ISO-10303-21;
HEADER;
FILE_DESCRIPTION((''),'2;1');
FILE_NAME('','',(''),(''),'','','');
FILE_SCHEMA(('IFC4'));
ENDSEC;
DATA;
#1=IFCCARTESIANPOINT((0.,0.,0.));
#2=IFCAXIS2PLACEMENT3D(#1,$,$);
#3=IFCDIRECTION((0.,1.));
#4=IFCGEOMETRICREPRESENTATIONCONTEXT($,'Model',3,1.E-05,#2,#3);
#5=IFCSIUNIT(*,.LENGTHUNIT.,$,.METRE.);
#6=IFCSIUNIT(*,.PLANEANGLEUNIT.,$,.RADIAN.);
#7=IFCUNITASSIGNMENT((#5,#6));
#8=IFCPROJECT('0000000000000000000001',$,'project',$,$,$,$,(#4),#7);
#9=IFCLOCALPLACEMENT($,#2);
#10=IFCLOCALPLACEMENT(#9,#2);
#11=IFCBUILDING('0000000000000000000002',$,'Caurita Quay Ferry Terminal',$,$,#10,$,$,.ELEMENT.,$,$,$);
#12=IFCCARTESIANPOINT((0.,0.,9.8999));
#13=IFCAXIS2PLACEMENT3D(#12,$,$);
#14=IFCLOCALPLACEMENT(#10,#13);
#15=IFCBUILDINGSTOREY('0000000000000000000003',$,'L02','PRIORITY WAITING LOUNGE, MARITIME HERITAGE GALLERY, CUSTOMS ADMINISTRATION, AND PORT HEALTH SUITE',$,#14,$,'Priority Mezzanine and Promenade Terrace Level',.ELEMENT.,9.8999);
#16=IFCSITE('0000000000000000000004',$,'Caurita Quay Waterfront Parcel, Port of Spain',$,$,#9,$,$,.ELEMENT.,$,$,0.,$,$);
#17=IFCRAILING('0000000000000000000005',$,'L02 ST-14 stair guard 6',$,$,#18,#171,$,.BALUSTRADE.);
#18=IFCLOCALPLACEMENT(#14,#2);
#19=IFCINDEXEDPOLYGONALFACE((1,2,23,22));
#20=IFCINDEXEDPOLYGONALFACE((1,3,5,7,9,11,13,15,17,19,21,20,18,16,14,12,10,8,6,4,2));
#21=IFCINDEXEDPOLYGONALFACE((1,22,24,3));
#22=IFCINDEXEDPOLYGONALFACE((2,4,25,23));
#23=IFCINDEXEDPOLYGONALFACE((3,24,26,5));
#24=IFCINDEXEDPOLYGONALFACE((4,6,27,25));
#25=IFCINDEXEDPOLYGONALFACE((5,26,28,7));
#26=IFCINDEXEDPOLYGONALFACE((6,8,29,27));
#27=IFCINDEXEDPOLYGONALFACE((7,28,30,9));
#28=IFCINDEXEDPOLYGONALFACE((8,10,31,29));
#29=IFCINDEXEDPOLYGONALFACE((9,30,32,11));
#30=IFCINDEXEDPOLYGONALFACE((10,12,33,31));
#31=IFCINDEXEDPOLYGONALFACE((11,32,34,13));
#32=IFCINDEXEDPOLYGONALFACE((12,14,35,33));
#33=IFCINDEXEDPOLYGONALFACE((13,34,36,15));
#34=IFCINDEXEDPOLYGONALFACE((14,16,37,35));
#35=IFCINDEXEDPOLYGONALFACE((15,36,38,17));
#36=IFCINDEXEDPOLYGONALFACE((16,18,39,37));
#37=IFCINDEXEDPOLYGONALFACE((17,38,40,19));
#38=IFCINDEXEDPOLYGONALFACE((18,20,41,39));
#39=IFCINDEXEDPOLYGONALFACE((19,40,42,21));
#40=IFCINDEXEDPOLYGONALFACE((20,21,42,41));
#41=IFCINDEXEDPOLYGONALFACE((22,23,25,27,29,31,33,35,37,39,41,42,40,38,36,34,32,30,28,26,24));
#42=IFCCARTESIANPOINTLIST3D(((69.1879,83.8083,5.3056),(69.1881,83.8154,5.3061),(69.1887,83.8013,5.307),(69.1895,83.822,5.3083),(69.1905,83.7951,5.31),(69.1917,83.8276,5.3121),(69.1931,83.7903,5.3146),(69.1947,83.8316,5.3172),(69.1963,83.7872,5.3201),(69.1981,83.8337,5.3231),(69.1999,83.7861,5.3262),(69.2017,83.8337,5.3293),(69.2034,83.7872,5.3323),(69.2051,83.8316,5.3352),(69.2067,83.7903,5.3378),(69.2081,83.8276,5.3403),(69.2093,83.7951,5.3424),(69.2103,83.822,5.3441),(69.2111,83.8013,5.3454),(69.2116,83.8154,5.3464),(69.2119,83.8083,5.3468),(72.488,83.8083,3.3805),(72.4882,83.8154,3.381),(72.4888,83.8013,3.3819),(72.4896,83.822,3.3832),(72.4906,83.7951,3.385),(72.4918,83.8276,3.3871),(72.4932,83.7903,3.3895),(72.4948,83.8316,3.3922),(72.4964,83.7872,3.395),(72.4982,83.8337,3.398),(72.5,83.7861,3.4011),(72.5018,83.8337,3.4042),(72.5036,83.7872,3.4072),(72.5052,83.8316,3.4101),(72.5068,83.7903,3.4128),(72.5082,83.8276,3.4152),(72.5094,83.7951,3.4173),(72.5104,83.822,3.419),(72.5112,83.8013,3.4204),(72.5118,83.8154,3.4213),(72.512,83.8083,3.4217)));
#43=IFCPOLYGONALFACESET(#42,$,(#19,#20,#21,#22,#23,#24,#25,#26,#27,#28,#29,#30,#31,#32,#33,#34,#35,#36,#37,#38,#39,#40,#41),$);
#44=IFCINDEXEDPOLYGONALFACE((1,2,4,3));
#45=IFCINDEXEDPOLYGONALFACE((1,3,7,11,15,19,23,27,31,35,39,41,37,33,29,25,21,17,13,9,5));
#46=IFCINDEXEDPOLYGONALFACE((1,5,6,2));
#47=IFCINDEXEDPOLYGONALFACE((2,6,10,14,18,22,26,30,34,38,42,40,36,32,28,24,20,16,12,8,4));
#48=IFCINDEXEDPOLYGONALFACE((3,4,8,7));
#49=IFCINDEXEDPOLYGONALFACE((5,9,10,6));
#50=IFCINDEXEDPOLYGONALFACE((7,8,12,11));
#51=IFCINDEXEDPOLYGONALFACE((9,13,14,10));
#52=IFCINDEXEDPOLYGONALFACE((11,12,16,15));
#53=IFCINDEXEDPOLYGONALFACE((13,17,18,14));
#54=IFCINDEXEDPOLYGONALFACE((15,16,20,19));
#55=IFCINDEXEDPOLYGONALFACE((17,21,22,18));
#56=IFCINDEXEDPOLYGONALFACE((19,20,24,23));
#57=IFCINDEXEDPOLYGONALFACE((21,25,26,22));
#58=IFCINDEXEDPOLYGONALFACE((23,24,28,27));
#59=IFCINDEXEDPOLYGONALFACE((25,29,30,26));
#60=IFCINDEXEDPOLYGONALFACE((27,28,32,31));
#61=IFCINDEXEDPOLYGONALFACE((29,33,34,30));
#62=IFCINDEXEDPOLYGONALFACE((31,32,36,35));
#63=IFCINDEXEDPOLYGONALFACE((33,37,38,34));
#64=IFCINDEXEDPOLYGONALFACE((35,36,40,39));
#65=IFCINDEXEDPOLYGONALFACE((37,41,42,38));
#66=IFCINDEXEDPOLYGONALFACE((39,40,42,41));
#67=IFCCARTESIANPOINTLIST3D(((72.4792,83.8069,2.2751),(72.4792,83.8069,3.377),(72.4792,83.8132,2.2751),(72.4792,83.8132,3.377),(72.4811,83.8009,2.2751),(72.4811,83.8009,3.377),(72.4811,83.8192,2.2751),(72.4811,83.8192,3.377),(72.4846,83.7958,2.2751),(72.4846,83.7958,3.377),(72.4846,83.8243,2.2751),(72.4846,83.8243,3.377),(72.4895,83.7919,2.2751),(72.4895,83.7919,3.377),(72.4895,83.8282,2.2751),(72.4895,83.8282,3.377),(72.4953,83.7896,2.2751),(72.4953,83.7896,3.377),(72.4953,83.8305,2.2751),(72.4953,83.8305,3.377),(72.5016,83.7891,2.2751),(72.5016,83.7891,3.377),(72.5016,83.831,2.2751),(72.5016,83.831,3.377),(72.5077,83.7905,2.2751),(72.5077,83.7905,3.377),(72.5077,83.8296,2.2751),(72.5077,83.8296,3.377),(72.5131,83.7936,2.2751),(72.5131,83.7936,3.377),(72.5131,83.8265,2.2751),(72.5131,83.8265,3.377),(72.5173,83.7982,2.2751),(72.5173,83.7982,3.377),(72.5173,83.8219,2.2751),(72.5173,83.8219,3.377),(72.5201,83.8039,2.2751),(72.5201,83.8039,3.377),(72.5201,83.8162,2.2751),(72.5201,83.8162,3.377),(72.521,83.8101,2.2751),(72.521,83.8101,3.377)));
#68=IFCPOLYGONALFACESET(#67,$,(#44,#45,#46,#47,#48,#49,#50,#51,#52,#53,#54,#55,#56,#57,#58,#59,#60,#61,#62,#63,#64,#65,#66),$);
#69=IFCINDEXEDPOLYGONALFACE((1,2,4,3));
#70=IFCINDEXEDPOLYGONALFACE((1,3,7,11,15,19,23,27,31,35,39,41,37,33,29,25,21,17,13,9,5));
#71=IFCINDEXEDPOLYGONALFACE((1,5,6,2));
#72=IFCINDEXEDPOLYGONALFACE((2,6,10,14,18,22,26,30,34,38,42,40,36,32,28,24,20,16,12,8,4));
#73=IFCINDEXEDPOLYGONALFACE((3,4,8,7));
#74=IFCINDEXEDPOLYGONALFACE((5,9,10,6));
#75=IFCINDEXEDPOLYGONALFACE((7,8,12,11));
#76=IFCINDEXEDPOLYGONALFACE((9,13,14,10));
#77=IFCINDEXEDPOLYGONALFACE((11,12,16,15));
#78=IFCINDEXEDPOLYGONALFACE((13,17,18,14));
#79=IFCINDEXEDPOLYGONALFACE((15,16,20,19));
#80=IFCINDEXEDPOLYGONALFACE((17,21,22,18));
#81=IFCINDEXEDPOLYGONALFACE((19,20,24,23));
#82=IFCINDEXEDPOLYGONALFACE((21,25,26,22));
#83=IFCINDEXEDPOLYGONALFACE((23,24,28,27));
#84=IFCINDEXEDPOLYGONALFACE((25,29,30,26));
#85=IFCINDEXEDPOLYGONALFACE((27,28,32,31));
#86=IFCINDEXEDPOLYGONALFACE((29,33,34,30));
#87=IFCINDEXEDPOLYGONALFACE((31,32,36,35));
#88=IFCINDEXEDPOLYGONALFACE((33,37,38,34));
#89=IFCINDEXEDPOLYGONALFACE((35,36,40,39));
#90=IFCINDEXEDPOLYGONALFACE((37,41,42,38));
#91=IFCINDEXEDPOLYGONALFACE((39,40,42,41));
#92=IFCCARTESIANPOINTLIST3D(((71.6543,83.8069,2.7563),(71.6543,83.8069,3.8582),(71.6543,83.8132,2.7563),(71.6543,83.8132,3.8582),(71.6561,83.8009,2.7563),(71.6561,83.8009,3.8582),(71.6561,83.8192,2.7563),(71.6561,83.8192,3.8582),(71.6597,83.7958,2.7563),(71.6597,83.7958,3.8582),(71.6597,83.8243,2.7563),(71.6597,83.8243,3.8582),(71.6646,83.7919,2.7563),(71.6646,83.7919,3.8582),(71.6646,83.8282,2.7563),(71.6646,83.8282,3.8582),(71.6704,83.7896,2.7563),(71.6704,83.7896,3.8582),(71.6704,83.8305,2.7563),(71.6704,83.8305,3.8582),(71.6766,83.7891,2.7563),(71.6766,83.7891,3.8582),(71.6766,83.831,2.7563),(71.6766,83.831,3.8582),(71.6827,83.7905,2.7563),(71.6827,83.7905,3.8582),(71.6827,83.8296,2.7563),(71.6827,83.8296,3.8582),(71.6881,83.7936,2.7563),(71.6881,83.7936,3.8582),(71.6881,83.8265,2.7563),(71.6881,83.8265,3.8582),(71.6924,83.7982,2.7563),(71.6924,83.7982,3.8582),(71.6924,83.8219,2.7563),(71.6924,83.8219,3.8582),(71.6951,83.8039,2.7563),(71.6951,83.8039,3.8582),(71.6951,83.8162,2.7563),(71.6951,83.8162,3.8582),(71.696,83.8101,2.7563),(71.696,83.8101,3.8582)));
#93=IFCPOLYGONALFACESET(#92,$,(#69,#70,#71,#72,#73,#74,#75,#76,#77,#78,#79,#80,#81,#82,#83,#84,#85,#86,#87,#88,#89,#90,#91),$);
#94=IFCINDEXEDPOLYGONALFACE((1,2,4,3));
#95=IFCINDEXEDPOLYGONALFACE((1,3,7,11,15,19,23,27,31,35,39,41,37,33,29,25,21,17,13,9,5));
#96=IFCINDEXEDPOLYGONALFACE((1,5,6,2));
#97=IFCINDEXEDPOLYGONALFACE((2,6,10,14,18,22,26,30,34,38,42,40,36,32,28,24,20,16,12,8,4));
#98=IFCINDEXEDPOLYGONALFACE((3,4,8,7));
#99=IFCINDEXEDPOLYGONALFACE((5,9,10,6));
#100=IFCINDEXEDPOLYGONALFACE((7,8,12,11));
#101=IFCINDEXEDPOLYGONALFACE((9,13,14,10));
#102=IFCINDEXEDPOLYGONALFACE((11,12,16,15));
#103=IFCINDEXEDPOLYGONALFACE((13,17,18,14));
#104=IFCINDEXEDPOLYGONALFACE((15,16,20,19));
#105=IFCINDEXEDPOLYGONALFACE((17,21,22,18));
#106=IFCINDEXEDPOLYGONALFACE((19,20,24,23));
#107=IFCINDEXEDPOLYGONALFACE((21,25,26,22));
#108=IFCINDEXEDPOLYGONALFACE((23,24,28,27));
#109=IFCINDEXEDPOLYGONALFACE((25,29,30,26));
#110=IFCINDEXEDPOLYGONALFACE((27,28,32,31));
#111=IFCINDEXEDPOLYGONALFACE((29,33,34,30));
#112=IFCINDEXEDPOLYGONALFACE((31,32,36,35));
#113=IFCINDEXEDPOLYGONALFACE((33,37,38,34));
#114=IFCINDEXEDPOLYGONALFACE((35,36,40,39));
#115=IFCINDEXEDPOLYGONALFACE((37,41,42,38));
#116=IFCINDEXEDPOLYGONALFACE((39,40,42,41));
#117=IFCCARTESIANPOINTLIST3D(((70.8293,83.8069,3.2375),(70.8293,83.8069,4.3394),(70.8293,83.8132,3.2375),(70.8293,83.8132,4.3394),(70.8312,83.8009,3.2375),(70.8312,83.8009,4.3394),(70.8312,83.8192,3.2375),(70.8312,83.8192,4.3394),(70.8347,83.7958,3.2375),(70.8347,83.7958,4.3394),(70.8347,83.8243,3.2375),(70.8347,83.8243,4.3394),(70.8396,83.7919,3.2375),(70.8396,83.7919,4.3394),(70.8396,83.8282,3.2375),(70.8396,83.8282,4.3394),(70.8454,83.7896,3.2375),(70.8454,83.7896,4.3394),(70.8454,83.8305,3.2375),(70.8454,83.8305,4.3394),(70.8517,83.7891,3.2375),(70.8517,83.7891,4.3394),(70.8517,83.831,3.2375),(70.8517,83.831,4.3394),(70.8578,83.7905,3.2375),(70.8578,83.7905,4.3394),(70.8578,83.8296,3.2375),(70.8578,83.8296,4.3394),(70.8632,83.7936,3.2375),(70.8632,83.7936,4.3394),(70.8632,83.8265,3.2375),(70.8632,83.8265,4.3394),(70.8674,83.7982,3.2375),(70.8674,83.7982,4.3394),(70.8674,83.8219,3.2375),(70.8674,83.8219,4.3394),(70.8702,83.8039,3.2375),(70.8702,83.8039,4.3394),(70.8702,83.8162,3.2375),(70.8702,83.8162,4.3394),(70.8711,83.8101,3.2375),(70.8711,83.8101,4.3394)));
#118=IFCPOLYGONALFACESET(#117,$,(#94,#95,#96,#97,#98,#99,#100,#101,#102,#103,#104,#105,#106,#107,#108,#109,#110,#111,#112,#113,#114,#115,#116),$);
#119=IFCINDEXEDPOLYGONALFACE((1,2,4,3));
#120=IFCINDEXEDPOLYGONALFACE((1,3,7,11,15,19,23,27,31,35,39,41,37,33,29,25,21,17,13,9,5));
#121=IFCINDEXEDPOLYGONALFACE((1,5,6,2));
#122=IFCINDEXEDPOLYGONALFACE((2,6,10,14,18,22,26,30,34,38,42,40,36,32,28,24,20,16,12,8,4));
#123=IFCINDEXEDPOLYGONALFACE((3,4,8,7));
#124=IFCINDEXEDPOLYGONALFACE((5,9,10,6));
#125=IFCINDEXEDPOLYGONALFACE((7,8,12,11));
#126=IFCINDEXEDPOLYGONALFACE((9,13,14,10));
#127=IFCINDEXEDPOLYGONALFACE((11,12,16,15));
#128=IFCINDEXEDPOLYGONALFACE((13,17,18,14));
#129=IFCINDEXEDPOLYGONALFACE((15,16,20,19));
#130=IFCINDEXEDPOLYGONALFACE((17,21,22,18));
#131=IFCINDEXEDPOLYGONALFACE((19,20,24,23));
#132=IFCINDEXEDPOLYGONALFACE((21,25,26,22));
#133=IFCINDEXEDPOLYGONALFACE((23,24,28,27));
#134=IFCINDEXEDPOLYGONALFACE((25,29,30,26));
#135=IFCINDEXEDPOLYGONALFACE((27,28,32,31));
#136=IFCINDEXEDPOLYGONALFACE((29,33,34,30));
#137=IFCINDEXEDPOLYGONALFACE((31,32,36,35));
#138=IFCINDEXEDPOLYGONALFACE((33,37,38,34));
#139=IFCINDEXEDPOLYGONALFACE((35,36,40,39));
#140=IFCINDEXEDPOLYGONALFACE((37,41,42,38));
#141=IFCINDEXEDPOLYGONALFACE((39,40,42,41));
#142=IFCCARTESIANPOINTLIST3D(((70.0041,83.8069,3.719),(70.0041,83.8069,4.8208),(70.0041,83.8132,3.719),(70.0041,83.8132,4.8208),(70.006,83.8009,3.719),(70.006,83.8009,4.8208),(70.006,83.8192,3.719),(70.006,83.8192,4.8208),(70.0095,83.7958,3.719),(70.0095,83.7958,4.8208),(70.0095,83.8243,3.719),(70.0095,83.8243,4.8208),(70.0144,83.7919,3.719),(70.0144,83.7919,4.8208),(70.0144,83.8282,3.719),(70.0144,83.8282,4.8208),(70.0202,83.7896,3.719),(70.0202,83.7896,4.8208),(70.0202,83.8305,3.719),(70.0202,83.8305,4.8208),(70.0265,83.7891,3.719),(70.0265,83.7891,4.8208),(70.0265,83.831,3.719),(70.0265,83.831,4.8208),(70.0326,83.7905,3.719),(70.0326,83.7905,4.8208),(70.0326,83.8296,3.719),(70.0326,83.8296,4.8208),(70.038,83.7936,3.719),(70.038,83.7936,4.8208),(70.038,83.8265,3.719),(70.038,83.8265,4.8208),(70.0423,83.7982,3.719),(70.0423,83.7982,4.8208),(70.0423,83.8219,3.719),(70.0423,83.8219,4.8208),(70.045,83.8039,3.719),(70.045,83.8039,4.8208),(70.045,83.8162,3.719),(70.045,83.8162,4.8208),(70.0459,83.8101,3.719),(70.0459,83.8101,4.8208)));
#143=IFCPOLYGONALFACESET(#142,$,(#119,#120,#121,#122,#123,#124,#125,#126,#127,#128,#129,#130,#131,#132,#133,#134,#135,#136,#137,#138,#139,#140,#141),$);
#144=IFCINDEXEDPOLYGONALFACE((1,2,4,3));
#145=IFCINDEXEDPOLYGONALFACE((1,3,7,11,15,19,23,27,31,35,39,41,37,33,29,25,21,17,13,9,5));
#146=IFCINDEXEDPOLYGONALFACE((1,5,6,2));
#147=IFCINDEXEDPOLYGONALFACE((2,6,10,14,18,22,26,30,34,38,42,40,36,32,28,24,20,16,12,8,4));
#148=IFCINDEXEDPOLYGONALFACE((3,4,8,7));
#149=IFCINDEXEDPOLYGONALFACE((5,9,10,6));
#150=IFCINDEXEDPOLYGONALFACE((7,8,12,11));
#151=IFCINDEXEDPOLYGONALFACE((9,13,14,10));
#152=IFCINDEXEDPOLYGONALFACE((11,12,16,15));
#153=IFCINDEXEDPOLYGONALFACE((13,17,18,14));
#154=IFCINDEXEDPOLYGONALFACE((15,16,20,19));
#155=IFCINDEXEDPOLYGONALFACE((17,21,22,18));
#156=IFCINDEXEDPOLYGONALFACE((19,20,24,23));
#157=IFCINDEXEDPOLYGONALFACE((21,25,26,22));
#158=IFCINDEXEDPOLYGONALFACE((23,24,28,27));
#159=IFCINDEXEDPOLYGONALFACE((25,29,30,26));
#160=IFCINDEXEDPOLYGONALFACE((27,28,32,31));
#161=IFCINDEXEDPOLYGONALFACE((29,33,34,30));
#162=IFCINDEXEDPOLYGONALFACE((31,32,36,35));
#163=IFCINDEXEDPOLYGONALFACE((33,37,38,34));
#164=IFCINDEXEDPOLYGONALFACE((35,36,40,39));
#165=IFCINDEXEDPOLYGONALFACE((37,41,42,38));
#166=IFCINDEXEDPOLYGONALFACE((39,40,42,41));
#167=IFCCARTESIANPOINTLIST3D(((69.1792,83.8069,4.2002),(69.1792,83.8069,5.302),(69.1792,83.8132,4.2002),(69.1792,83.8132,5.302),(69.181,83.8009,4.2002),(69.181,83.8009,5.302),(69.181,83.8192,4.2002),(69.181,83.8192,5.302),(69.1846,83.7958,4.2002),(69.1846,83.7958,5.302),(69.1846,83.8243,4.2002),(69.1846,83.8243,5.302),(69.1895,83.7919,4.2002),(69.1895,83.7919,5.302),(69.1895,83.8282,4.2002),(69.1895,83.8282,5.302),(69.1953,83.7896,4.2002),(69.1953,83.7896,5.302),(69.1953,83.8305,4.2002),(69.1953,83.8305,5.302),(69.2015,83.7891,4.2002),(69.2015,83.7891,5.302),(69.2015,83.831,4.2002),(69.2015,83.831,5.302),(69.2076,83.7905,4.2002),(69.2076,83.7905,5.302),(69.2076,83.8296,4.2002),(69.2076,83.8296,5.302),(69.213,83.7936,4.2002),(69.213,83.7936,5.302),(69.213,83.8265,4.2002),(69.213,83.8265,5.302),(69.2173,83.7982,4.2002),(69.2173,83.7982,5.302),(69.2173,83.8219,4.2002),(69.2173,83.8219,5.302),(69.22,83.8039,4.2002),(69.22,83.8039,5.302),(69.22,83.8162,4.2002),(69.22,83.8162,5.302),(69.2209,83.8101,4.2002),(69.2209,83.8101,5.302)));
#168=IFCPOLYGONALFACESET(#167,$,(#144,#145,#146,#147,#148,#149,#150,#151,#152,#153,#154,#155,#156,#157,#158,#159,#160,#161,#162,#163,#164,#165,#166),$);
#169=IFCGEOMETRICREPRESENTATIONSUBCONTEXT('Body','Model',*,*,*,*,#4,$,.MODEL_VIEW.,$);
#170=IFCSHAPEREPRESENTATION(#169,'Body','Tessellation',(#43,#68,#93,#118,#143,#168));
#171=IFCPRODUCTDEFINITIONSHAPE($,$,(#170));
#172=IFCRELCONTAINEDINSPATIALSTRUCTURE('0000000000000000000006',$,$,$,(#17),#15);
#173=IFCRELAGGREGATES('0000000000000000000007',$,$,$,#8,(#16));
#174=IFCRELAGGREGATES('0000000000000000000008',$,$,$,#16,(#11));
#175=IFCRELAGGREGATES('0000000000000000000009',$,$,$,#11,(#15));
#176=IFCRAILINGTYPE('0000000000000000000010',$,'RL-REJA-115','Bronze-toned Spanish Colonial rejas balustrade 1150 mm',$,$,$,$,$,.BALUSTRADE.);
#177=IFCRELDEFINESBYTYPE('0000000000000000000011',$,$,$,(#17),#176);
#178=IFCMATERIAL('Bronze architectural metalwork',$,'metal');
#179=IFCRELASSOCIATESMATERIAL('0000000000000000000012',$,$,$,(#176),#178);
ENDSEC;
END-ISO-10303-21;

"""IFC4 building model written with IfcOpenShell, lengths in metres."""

from ifc_helpers import new_model, si_unit, direction, frame, origin, origin_2d, place, context, subcontext, project, spatial, circle, extrude, material, type_object, element, save


model = new_model("IFC4")

# Units and contexts
model_context = context("Model", 3, precision=1e-05, world=origin(), true_north=direction((0.0, 1.0)))
body_context = subcontext(model_context, "Body", "Model", "MODEL_VIEW")
ifc_project = project(units=[si_unit("LENGTHUNIT", "METRE"), si_unit("PLANEANGLEUNIT", "RADIAN")], contexts=[model_context])

# Site, building, storey
site_placement = place(None, origin())
site = spatial("IfcSite", under=ifc_project, at=site_placement, Name="Caurita Quay Waterfront Parcel, Port of Spain", CompositionType="ELEMENT", RefElevation=0.0)
building_placement = place(site_placement, origin())
building = spatial("IfcBuilding", under=site, at=building_placement, Name="Caurita Quay Ferry Terminal", CompositionType="ELEMENT")
storey_placement = place(building_placement, frame((0.0, 0.0, 9.8999)))
storey = spatial("IfcBuildingStorey", under=building, at=storey_placement, Name="L02", Description="PRIORITY WAITING LOUNGE, MARITIME HERITAGE GALLERY, CUSTOMS ADMINISTRATION, AND PORT HEALTH SUITE", LongName="Priority Mezzanine and Promenade Terrace Level", CompositionType="ELEMENT", Elevation=9.8999)

# Railing
ifc_material_1 = material(Name="Bronze architectural metalwork", Category="metal")
railing_type_1 = type_object("IfcRailingType", Name="RL-REJA-115", Description="Bronze-toned Spanish Colonial rejas balustrade 1150 mm", PredefinedType="BALUSTRADE", material=ifc_material_1)
railing_1_placement = place(storey_placement, frame((72.5, 83.8101, 2.2751)))
element("IfcRailing", 1, at=railing_1_placement, inside=storey, type_object=railing_type_1, Name="L02 ST-14 stair guard 6", PredefinedType="BALUSTRADE", context=body_context, shape_type="SweptSolid", body=[
    extrude(circle(Radius=0.0239, at=origin_2d()), frame((0.0, 0.0, 1.126), z_axis=(-0.863777, 0.0, 0.503875), x_axis=(0.0, -1.0, 0.0)), (0.0, 0.0, 1.0), 3.8206),
    extrude(circle(Radius=0.021, at=origin_2d()), origin(), (0.0, 0.0, 1.0), 1.1018),
    extrude(circle(Radius=0.021, at=origin_2d()), frame((-0.825, 0.0, 0.4812)), (0.0, 0.0, 1.0), 1.1018),
    extrude(circle(Radius=0.021, at=origin_2d()), frame((-1.6499, 0.0, 0.9624)), (0.0, 0.0, 1.0), 1.1018),
    extrude(circle(Radius=0.021, at=origin_2d()), frame((-2.4751, 0.0, 1.4438)), (0.0, 0.0, 1.0), 1.1018),
    extrude(circle(Radius=0.021, at=origin_2d()), frame((-3.3, 0.0, 1.925)), (0.0, 0.0, 1.0), 1.1018),
])

save(model, "model.ifc")
